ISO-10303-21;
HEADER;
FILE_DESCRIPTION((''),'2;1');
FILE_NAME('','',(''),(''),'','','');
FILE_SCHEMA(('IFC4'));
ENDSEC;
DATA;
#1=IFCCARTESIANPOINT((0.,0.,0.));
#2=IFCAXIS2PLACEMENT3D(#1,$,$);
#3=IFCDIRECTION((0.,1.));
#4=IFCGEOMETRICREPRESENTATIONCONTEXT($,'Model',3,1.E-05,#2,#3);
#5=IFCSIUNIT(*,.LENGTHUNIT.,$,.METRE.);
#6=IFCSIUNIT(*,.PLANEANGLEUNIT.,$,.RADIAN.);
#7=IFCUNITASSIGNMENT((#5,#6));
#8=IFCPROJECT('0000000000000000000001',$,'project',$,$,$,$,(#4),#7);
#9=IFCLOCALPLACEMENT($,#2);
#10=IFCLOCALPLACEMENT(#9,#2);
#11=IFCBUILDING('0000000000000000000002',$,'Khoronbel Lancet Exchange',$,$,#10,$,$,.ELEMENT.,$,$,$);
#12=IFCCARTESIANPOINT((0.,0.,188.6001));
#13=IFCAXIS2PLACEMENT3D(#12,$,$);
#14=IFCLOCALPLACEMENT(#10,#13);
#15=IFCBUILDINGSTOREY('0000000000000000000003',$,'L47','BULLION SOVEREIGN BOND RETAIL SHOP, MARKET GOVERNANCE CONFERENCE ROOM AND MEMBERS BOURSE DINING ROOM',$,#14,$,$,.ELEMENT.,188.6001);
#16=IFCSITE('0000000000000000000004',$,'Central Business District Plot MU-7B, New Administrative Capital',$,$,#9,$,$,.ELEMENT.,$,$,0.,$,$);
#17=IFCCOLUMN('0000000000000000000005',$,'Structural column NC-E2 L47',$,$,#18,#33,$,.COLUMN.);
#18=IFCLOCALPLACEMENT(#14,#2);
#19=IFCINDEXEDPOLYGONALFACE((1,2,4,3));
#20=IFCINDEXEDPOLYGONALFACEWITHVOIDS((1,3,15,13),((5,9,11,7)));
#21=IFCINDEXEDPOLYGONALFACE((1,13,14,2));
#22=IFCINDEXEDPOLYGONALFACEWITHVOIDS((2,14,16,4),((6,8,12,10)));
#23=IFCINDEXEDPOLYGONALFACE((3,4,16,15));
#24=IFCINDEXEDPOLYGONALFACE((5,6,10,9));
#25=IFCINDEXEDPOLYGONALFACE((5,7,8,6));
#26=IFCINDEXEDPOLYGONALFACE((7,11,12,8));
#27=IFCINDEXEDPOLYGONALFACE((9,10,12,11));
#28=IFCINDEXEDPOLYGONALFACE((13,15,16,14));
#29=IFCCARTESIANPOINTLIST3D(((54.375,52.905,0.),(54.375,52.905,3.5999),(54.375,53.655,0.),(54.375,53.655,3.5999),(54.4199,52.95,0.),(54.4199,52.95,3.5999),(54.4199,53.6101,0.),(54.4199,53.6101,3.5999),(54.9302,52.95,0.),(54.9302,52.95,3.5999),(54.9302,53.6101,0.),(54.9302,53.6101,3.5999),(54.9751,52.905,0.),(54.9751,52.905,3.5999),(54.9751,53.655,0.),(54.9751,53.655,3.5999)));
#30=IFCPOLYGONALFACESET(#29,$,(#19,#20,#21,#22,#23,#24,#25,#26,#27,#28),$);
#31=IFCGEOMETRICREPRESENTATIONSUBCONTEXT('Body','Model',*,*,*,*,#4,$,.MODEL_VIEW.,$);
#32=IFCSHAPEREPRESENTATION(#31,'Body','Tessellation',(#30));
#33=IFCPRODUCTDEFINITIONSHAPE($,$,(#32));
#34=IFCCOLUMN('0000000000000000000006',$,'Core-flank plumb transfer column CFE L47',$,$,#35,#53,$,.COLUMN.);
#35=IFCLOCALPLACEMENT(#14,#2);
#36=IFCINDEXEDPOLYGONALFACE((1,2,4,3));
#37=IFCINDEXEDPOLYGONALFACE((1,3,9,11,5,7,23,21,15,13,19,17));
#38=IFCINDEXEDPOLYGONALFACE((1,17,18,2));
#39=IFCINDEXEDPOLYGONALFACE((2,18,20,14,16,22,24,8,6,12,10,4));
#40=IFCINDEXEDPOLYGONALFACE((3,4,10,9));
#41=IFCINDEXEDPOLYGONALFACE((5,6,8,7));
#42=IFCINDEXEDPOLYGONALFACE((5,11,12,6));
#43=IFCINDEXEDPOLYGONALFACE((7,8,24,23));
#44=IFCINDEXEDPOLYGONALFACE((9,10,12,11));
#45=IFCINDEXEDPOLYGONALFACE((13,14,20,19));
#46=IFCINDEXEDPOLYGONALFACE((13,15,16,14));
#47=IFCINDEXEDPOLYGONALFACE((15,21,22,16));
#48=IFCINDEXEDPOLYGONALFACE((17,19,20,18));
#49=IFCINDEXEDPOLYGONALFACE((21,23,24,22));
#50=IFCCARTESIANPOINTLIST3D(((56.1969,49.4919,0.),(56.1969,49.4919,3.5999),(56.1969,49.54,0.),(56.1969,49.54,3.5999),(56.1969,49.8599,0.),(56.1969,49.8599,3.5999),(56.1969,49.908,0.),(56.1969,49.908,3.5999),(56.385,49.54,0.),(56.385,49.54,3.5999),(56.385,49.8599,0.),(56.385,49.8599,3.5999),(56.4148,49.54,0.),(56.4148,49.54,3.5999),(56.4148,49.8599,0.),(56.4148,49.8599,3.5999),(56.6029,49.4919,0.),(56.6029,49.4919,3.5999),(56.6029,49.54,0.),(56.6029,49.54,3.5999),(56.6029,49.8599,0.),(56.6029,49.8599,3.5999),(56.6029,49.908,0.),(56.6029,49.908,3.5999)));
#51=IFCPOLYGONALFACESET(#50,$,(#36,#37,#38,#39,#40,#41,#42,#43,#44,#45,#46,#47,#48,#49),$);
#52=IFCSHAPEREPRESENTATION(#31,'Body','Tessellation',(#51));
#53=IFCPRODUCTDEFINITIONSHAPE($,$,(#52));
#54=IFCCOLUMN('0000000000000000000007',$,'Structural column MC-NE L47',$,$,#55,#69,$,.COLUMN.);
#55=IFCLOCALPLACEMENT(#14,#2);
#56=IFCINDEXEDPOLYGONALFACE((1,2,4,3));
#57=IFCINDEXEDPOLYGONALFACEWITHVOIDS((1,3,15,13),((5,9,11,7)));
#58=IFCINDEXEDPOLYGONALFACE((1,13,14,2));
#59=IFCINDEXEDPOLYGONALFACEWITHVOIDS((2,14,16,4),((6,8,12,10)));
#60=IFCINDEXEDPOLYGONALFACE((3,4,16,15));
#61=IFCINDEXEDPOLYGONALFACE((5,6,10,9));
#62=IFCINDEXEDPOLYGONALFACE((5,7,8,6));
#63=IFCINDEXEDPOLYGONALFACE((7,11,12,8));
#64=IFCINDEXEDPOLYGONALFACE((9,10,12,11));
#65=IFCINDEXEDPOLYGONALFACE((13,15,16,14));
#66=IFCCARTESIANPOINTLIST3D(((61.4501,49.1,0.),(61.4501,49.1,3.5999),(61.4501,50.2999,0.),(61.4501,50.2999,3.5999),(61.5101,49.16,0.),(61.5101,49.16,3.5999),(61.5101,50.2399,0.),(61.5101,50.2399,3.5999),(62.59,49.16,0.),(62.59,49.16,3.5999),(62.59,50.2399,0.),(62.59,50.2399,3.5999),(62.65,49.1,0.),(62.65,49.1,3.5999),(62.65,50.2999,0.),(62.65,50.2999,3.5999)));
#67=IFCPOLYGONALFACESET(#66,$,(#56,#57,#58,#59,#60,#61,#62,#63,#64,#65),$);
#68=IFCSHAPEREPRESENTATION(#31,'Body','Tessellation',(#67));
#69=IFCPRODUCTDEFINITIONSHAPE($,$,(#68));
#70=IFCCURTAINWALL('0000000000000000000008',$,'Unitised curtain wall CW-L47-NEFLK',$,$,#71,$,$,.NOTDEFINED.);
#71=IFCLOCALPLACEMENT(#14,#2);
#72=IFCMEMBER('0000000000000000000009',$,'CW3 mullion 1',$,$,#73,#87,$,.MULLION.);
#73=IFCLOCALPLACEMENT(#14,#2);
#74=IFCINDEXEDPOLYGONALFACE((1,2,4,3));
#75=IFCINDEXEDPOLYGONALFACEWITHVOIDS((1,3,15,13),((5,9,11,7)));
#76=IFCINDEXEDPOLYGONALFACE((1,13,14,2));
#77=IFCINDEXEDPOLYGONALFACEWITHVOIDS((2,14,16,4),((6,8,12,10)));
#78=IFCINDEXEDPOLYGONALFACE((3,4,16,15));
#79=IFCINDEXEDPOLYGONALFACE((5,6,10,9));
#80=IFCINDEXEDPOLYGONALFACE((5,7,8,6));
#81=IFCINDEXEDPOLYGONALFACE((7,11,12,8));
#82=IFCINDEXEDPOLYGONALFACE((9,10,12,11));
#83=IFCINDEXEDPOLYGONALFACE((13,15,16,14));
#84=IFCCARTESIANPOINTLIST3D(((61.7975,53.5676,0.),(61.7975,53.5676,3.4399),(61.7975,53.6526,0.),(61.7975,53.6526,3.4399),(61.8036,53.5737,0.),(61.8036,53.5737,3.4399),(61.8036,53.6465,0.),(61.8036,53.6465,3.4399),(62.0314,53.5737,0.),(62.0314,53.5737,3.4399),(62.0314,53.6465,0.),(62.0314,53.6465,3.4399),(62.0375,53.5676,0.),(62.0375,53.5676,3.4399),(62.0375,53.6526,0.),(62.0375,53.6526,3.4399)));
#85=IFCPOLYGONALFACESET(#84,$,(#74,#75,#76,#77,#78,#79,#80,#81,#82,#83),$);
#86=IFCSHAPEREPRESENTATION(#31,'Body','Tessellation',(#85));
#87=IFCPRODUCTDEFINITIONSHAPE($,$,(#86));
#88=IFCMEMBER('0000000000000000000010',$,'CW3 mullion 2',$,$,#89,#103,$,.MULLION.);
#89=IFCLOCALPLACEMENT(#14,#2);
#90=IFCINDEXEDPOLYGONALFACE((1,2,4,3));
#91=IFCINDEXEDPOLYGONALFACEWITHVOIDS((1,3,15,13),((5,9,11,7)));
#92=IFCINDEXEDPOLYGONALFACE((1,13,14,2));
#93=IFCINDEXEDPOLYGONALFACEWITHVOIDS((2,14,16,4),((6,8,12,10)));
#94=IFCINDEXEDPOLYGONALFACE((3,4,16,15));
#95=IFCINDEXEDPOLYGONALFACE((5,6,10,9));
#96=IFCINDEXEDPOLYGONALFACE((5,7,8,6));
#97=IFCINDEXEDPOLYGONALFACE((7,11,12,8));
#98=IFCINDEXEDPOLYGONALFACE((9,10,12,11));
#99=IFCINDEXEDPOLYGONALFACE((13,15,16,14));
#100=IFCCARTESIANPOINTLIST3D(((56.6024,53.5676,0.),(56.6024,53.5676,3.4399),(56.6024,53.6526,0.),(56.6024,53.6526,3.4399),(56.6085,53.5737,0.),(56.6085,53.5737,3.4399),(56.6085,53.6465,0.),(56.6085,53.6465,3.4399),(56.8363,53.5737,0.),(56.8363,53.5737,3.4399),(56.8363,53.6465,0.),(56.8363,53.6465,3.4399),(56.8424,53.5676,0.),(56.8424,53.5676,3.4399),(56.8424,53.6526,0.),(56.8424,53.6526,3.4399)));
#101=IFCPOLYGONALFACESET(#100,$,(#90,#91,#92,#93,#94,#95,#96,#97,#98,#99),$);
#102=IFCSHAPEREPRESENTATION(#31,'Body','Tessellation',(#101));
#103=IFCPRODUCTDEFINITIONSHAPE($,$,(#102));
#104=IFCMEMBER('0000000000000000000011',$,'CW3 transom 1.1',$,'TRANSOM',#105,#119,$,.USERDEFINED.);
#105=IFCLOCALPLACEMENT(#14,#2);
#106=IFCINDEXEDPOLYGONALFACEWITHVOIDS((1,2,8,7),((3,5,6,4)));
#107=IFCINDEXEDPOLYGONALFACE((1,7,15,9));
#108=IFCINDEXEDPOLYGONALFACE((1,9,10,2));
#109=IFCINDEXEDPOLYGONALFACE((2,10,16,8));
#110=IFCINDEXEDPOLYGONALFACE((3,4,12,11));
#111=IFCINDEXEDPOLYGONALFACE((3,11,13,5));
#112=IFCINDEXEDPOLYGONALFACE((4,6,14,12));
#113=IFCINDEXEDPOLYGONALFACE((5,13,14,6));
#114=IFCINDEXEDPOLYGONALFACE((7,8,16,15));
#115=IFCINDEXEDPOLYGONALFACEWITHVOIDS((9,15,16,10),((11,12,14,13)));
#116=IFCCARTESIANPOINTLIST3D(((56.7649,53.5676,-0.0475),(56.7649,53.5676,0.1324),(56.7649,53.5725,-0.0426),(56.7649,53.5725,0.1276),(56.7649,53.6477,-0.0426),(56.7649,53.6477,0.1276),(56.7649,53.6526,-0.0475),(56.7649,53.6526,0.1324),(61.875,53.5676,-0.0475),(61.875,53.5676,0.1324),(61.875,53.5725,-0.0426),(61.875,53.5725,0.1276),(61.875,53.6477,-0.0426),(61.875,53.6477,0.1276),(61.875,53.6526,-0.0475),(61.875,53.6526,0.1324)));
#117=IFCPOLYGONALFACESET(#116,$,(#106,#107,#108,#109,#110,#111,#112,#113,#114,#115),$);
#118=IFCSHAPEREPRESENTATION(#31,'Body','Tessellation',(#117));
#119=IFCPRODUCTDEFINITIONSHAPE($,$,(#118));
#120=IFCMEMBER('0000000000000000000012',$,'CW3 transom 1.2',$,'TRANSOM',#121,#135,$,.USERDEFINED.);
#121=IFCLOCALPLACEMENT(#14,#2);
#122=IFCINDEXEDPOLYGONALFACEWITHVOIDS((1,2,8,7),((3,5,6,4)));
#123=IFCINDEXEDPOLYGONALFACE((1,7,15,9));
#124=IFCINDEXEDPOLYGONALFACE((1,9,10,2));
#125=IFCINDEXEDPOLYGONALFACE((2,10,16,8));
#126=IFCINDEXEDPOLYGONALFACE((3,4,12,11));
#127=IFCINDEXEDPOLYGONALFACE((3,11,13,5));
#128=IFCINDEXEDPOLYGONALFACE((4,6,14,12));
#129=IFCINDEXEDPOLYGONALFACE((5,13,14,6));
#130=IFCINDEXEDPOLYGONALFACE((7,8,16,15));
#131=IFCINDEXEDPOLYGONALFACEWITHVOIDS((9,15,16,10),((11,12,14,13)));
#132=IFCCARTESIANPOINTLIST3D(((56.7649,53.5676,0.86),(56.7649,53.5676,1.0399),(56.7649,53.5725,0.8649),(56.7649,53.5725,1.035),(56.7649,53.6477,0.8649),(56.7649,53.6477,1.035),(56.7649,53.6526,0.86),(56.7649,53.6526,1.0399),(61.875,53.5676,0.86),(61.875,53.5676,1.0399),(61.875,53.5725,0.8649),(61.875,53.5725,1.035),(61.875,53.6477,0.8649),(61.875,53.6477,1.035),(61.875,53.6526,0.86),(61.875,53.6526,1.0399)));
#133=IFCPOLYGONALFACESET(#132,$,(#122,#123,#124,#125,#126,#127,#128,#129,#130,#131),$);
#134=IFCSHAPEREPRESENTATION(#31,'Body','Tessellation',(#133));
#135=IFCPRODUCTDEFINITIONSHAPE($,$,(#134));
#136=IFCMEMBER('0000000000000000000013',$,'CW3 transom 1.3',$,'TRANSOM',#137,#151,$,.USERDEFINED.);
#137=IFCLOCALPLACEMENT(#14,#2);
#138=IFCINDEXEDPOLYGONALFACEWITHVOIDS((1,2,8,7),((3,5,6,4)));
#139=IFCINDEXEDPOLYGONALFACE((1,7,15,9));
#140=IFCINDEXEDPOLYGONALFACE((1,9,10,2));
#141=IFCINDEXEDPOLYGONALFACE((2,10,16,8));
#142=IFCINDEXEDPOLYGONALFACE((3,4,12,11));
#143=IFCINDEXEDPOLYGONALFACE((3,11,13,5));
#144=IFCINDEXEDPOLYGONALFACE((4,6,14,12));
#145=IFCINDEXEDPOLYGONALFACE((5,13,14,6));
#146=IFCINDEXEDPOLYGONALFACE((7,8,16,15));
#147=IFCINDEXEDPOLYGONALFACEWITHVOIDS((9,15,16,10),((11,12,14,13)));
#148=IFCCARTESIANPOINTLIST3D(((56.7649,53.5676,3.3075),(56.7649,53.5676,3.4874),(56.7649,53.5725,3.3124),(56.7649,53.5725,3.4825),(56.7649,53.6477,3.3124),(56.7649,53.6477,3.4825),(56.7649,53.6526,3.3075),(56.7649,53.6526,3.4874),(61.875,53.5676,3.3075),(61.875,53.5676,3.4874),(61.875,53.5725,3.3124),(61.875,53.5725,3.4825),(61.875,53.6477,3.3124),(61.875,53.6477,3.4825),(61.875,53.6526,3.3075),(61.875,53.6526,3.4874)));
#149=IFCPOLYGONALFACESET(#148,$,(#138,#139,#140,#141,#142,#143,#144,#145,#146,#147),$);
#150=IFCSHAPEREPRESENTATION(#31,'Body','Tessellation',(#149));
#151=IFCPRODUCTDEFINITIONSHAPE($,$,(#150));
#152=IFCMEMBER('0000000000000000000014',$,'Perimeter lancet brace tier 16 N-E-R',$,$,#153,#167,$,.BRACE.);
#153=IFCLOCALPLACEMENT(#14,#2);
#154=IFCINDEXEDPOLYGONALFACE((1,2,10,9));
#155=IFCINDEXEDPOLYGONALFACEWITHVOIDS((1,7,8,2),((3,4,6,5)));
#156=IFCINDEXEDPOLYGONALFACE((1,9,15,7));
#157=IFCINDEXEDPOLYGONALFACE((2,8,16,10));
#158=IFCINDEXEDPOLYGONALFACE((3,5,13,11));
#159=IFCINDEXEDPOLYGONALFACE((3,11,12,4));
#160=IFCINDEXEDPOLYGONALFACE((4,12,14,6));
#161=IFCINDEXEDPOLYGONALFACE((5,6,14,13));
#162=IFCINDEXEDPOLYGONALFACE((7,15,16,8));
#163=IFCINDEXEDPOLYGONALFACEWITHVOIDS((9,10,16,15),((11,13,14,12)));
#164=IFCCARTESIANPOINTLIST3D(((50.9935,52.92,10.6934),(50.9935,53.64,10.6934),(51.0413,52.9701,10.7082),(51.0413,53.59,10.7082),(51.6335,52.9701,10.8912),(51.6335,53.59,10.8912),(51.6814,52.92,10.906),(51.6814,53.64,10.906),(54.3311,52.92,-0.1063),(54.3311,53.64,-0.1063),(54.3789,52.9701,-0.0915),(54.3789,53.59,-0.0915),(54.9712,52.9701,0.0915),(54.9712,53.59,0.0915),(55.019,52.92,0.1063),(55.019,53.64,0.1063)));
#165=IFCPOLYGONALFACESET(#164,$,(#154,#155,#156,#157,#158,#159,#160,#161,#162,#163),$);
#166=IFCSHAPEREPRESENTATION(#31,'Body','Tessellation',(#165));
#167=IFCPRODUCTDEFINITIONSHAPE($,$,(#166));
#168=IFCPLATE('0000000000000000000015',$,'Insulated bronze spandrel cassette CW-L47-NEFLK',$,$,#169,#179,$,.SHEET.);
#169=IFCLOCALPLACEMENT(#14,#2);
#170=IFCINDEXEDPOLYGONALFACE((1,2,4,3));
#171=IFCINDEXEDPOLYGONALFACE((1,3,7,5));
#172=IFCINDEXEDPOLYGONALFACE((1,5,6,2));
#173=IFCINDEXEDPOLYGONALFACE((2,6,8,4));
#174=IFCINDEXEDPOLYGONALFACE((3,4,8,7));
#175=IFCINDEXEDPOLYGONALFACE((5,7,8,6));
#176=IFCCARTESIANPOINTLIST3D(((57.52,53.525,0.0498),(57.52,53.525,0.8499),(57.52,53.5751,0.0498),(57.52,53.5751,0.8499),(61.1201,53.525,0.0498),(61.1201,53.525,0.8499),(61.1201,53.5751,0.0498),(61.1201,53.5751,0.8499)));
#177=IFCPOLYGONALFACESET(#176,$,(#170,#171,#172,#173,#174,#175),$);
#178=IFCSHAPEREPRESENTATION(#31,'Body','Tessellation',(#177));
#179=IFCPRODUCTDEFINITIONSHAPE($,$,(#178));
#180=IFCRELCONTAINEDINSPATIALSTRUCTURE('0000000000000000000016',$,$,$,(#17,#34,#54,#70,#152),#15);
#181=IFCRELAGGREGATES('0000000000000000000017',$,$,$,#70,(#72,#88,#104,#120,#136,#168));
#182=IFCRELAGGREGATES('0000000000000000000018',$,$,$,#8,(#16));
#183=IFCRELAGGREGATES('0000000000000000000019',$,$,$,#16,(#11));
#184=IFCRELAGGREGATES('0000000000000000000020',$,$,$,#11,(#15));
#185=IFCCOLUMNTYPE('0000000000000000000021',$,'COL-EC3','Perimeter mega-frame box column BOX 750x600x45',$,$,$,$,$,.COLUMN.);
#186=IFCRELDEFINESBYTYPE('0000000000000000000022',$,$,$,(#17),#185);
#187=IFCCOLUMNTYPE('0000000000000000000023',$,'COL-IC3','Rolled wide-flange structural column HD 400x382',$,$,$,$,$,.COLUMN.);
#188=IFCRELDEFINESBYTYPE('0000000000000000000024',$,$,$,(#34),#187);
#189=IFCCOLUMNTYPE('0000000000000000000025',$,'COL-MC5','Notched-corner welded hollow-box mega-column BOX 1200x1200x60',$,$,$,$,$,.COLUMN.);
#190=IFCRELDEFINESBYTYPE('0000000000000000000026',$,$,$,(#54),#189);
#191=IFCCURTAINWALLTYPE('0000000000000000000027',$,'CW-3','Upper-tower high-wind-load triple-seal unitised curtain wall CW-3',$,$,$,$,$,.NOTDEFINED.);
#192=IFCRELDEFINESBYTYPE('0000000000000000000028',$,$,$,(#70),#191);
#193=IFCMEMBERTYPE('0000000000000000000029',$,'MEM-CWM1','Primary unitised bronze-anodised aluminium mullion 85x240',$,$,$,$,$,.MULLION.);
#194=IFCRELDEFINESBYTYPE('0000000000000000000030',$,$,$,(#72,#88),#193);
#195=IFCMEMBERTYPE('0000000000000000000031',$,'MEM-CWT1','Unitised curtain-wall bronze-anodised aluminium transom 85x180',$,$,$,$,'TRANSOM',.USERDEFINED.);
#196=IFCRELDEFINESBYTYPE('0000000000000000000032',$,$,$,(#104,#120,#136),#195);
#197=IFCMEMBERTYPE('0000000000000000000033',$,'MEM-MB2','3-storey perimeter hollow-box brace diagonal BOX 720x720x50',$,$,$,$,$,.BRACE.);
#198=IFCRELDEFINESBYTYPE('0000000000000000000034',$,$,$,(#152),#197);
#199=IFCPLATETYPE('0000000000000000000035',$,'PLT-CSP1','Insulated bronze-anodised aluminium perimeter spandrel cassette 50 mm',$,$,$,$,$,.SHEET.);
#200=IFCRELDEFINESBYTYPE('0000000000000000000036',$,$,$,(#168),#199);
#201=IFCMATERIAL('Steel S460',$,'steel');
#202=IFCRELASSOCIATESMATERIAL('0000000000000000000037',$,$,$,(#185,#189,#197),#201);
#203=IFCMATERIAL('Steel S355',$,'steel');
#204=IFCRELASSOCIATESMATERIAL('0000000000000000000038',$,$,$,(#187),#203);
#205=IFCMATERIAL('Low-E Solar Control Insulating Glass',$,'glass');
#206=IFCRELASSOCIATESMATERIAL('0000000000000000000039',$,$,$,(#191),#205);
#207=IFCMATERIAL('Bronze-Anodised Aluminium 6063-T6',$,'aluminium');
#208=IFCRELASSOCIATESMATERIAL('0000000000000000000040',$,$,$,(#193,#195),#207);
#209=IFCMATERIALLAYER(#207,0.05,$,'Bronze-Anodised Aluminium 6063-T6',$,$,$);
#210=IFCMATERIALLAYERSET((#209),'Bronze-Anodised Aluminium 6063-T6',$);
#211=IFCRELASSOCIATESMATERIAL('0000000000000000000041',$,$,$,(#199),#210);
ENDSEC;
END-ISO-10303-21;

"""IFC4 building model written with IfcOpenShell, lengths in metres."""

from ifc_helpers import new_model, si_unit, direction, frame, origin, origin_2d, place, context, subcontext, project, spatial, rectangle, hollow_rectangle, i_section, extrude, material, layer, layer_set, material_profile, profile_set, type_object, element, aggregate, save


model = new_model("IFC4")

# Units and contexts
model_context = context("Model", 3, precision=1e-05, world=origin(), true_north=direction((0.0, 1.0)))
body_context = subcontext(model_context, "Body", "Model", "MODEL_VIEW")
ifc_project = project(units=[si_unit("LENGTHUNIT", "METRE"), si_unit("PLANEANGLEUNIT", "RADIAN")], contexts=[model_context])

# Site, building, storey
site_placement = place(None, origin())
site = spatial("IfcSite", under=ifc_project, at=site_placement, Name="Central Business District Plot MU-7B, New Administrative Capital", CompositionType="ELEMENT", RefElevation=0.0)
building_placement = place(site_placement, origin())
building = spatial("IfcBuilding", under=site, at=building_placement, Name="Khoronbel Lancet Exchange", CompositionType="ELEMENT")
storey_placement = place(building_placement, frame((0.0, 0.0, 188.6001)))
storey = spatial("IfcBuildingStorey", under=building, at=storey_placement, Name="L47", Description="BULLION SOVEREIGN BOND RETAIL SHOP, MARKET GOVERNANCE CONFERENCE ROOM AND MEMBERS BOURSE DINING ROOM", CompositionType="ELEMENT", Elevation=188.6001)

# Columns
ifc_material_1 = material(Name="Steel S460", Category="steel")
ifc_material_profile_1 = material_profile(ifc_material_1, hollow_rectangle(XDim=0.6001, YDim=0.75, WallThickness=0.0449, at=origin_2d()), Name="BOX 750x600x45")
ifc_profile_set_1 = profile_set([ifc_material_profile_1], Name="Steel S460")
column_type_1 = type_object("IfcColumnType", Name="COL-EC3", Description="Perimeter mega-frame box column BOX 750x600x45", PredefinedType="COLUMN", material=ifc_profile_set_1)
column_1_placement = place(storey_placement, frame((54.675, 53.28, 0.0), z_axis=(0.0, 0.0, 1.0), x_axis=(1.0, 0.0, 0.0)))
element("IfcColumn", 1, at=column_1_placement, inside=storey, type_object=column_type_1, Name="Structural column NC-E2 L47", PredefinedType="COLUMN", context=body_context, shape_type="SweptSolid", body=[
    extrude(hollow_rectangle(XDim=0.6001, YDim=0.75, WallThickness=0.0449, at=origin_2d()), origin(), (0.0, 0.0, 1.0), 3.5999),
])
ifc_material_2 = material(Name="Steel S355", Category="steel")
ifc_material_profile_2 = material_profile(ifc_material_2, i_section(OverallWidth=0.406, OverallDepth=0.416, WebThickness=0.0298, FlangeThickness=0.0481, at=origin_2d()), Name="HD 400x382")
ifc_profile_set_2 = profile_set([ifc_material_profile_2], Name="Steel S355")
column_type_2 = type_object("IfcColumnType", Name="COL-IC3", Description="Rolled wide-flange structural column HD 400x382", PredefinedType="COLUMN", material=ifc_profile_set_2)
column_2_placement = place(storey_placement, frame((56.3999, 49.7, 0.0), z_axis=(0.0, 0.0, 1.0), x_axis=(1.0, 0.0, 0.0)))
element("IfcColumn", 2, at=column_2_placement, inside=storey, type_object=column_type_2, Name="Core-flank plumb transfer column CFE L47", PredefinedType="COLUMN", context=body_context, shape_type="SweptSolid", body=[
    extrude(i_section(OverallWidth=0.406, OverallDepth=0.416, WebThickness=0.0298, FlangeThickness=0.0481, at=origin_2d()), origin(), (0.0, 0.0, 1.0), 3.5999),
])
ifc_material_profile_3 = material_profile(ifc_material_1, hollow_rectangle(XDim=1.2, YDim=1.2, WallThickness=0.0601, at=origin_2d()), Name="BOX 1200x1200x60")
ifc_profile_set_3 = profile_set([ifc_material_profile_3], Name="Steel S460")
column_type_3 = type_object("IfcColumnType", Name="COL-MC5", Description="Notched-corner welded hollow-box mega-column BOX 1200x1200x60", PredefinedType="COLUMN", material=ifc_profile_set_3)
column_3_placement = place(storey_placement, frame((62.05, 49.7, 0.0), z_axis=(0.0, 0.0, 1.0), x_axis=(1.0, 0.0, 0.0)))
element("IfcColumn", 3, at=column_3_placement, inside=storey, type_object=column_type_3, Name="Structural column MC-NE L47", PredefinedType="COLUMN", context=body_context, shape_type="SweptSolid", body=[
    extrude(hollow_rectangle(XDim=1.2, YDim=1.2, WallThickness=0.0601, at=origin_2d()), origin(), (0.0, 0.0, 1.0), 3.5999),
])

# Curtain wall, members
ifc_material_3 = material(Name="Low-E Solar Control Insulating Glass", Category="glass")
curtain_wall_type = type_object("IfcCurtainWallType", Name="CW-3", Description="Upper-tower high-wind-load triple-seal unitised curtain wall CW-3", PredefinedType="NOTDEFINED", material=ifc_material_3)
curtain_wall_placement = place(storey_placement, origin())
curtain_wall = element("IfcCurtainWall", 4, at=curtain_wall_placement, inside=storey, type_object=curtain_wall_type, Name="Unitised curtain wall CW-L47-NEFLK", PredefinedType="NOTDEFINED")
ifc_material_4 = material(Name="Bronze-Anodised Aluminium 6063-T6", Category="aluminium")
ifc_material_profile_4 = material_profile(ifc_material_4, hollow_rectangle(XDim=0.085, YDim=0.24, WallThickness=0.0061, at=origin_2d()), Name="ALU MULLION 85x240")
ifc_profile_set_4 = profile_set([ifc_material_profile_4], Name="Bronze-Anodised Aluminium 6063-T6")
member_type_1 = type_object("IfcMemberType", Name="MEM-CWM1", Description="Primary unitised bronze-anodised aluminium mullion 85x240", PredefinedType="MULLION", material=ifc_profile_set_4)
member_1_placement = place(storey_placement, frame((61.9175, 53.6101, 0.0), z_axis=(0.0, 0.0, 1.0), x_axis=(0.0, -1.0, 0.0)))
member_1 = element("IfcMember", 5, at=member_1_placement, type_object=member_type_1, Name="CW3 mullion 1", PredefinedType="MULLION", context=body_context, shape_type="SweptSolid", body=[
    extrude(hollow_rectangle(XDim=0.085, YDim=0.24, WallThickness=0.0061, at=origin_2d()), origin(), (0.0, 0.0, 1.0), 3.4399),
])
member_2_placement = place(storey_placement, frame((56.7224, 53.6101, 0.0), z_axis=(0.0, 0.0, 1.0), x_axis=(0.0, -1.0, 0.0)))
member_2 = element("IfcMember", 6, at=member_2_placement, type_object=member_type_1, Name="CW3 mullion 2", PredefinedType="MULLION", context=body_context, shape_type="SweptSolid", body=[
    extrude(hollow_rectangle(XDim=0.085, YDim=0.24, WallThickness=0.0061, at=origin_2d()), origin(), (0.0, 0.0, 1.0), 3.4399),
])
ifc_material_profile_5 = material_profile(ifc_material_4, hollow_rectangle(XDim=0.085, YDim=0.1799, WallThickness=0.0049, at=origin_2d()), Name="ALU TRANSOM 85x180")
ifc_profile_set_5 = profile_set([ifc_material_profile_5], Name="Bronze-Anodised Aluminium 6063-T6")
member_type_2 = type_object("IfcMemberType", Name="MEM-CWT1", Description="Unitised curtain-wall bronze-anodised aluminium transom 85x180", ElementType="TRANSOM", PredefinedType="USERDEFINED", material=ifc_profile_set_5)
member_3_placement = place(storey_placement, frame((61.875, 53.6101, 0.0425), z_axis=(-1.0, 0.0, 0.0), x_axis=(0.0, -1.0, 0.0)))
member_3 = element("IfcMember", 7, at=member_3_placement, type_object=member_type_2, Name="CW3 transom 1.1", ObjectType="TRANSOM", PredefinedType="USERDEFINED", context=body_context, shape_type="SweptSolid", body=[
    extrude(hollow_rectangle(XDim=0.085, YDim=0.1799, WallThickness=0.0049, at=origin_2d()), origin(), (0.0, 0.0, 1.0), 5.1101),
])
member_4_placement = place(storey_placement, frame((61.875, 53.6101, 0.95), z_axis=(-1.0, 0.0, 0.0), x_axis=(0.0, -1.0, 0.0)))
member_4 = element("IfcMember", 8, at=member_4_placement, type_object=member_type_2, Name="CW3 transom 1.2", ObjectType="TRANSOM", PredefinedType="USERDEFINED", context=body_context, shape_type="SweptSolid", body=[
    extrude(hollow_rectangle(XDim=0.085, YDim=0.1799, WallThickness=0.0049, at=origin_2d()), origin(), (0.0, 0.0, 1.0), 5.1101),
])
member_5_placement = place(storey_placement, frame((61.875, 53.6101, 3.3975), z_axis=(-1.0, 0.0, 0.0), x_axis=(0.0, -1.0, 0.0)))
member_5 = element("IfcMember", 9, at=member_5_placement, type_object=member_type_2, Name="CW3 transom 1.3", ObjectType="TRANSOM", PredefinedType="USERDEFINED", context=body_context, shape_type="SweptSolid", body=[
    extrude(hollow_rectangle(XDim=0.085, YDim=0.1799, WallThickness=0.0049, at=origin_2d()), origin(), (0.0, 0.0, 1.0), 5.1101),
])

# Member
ifc_material_profile_6 = material_profile(ifc_material_1, hollow_rectangle(XDim=0.72, YDim=0.72, WallThickness=0.05, at=origin_2d()), Name="BOX 720x720x50")
ifc_profile_set_6 = profile_set([ifc_material_profile_6], Name="Steel S460")
member_type_3 = type_object("IfcMemberType", Name="MEM-MB2", Description="3-storey perimeter hollow-box brace diagonal BOX 720x720x50", PredefinedType="BRACE", material=ifc_profile_set_6)
member_6_placement = place(storey_placement, frame((54.675, 53.28, 0.0), z_axis=(-0.295268, 0.0, 0.955414), x_axis=(0.0, -1.0, 0.0)))
element("IfcMember", 10, at=member_6_placement, inside=storey, type_object=member_type_3, Name="Perimeter lancet brace tier 16 N-E-R", PredefinedType="BRACE", context=body_context, shape_type="SweptSolid", body=[
    extrude(hollow_rectangle(XDim=0.72, YDim=0.72, WallThickness=0.05, at=origin_2d()), origin(), (0.0, 0.0, 1.0), 11.3037),
])

# Plate
ifc_layer_1 = layer(ifc_material_4, 0.05, Name="Bronze-Anodised Aluminium 6063-T6")
ifc_layer_set_1 = layer_set([ifc_layer_1], Name="Bronze-Anodised Aluminium 6063-T6")
plate_type_1 = type_object("IfcPlateType", Name="PLT-CSP1", Description="Insulated bronze-anodised aluminium perimeter spandrel cassette 50 mm", PredefinedType="SHEET", material=ifc_layer_set_1)
plate_1_placement = place(storey_placement, frame((59.3201, 53.55, 0.0498), z_axis=(0.0, 0.0, 1.0), x_axis=(-1.0, 0.0, 0.0)))
plate_1 = element("IfcPlate", 11, at=plate_1_placement, type_object=plate_type_1, Name="Insulated bronze spandrel cassette CW-L47-NEFLK", PredefinedType="SHEET", context=body_context, shape_type="SweptSolid", body=[
    extrude(rectangle(XDim=3.6001, YDim=0.05, at=origin_2d()), origin(), (0.0, 0.0, 1.0), 0.8),
])
aggregate(curtain_wall, [member_1, member_2, member_3, member_4, member_5, plate_1])

save(model, "model.ifc")
